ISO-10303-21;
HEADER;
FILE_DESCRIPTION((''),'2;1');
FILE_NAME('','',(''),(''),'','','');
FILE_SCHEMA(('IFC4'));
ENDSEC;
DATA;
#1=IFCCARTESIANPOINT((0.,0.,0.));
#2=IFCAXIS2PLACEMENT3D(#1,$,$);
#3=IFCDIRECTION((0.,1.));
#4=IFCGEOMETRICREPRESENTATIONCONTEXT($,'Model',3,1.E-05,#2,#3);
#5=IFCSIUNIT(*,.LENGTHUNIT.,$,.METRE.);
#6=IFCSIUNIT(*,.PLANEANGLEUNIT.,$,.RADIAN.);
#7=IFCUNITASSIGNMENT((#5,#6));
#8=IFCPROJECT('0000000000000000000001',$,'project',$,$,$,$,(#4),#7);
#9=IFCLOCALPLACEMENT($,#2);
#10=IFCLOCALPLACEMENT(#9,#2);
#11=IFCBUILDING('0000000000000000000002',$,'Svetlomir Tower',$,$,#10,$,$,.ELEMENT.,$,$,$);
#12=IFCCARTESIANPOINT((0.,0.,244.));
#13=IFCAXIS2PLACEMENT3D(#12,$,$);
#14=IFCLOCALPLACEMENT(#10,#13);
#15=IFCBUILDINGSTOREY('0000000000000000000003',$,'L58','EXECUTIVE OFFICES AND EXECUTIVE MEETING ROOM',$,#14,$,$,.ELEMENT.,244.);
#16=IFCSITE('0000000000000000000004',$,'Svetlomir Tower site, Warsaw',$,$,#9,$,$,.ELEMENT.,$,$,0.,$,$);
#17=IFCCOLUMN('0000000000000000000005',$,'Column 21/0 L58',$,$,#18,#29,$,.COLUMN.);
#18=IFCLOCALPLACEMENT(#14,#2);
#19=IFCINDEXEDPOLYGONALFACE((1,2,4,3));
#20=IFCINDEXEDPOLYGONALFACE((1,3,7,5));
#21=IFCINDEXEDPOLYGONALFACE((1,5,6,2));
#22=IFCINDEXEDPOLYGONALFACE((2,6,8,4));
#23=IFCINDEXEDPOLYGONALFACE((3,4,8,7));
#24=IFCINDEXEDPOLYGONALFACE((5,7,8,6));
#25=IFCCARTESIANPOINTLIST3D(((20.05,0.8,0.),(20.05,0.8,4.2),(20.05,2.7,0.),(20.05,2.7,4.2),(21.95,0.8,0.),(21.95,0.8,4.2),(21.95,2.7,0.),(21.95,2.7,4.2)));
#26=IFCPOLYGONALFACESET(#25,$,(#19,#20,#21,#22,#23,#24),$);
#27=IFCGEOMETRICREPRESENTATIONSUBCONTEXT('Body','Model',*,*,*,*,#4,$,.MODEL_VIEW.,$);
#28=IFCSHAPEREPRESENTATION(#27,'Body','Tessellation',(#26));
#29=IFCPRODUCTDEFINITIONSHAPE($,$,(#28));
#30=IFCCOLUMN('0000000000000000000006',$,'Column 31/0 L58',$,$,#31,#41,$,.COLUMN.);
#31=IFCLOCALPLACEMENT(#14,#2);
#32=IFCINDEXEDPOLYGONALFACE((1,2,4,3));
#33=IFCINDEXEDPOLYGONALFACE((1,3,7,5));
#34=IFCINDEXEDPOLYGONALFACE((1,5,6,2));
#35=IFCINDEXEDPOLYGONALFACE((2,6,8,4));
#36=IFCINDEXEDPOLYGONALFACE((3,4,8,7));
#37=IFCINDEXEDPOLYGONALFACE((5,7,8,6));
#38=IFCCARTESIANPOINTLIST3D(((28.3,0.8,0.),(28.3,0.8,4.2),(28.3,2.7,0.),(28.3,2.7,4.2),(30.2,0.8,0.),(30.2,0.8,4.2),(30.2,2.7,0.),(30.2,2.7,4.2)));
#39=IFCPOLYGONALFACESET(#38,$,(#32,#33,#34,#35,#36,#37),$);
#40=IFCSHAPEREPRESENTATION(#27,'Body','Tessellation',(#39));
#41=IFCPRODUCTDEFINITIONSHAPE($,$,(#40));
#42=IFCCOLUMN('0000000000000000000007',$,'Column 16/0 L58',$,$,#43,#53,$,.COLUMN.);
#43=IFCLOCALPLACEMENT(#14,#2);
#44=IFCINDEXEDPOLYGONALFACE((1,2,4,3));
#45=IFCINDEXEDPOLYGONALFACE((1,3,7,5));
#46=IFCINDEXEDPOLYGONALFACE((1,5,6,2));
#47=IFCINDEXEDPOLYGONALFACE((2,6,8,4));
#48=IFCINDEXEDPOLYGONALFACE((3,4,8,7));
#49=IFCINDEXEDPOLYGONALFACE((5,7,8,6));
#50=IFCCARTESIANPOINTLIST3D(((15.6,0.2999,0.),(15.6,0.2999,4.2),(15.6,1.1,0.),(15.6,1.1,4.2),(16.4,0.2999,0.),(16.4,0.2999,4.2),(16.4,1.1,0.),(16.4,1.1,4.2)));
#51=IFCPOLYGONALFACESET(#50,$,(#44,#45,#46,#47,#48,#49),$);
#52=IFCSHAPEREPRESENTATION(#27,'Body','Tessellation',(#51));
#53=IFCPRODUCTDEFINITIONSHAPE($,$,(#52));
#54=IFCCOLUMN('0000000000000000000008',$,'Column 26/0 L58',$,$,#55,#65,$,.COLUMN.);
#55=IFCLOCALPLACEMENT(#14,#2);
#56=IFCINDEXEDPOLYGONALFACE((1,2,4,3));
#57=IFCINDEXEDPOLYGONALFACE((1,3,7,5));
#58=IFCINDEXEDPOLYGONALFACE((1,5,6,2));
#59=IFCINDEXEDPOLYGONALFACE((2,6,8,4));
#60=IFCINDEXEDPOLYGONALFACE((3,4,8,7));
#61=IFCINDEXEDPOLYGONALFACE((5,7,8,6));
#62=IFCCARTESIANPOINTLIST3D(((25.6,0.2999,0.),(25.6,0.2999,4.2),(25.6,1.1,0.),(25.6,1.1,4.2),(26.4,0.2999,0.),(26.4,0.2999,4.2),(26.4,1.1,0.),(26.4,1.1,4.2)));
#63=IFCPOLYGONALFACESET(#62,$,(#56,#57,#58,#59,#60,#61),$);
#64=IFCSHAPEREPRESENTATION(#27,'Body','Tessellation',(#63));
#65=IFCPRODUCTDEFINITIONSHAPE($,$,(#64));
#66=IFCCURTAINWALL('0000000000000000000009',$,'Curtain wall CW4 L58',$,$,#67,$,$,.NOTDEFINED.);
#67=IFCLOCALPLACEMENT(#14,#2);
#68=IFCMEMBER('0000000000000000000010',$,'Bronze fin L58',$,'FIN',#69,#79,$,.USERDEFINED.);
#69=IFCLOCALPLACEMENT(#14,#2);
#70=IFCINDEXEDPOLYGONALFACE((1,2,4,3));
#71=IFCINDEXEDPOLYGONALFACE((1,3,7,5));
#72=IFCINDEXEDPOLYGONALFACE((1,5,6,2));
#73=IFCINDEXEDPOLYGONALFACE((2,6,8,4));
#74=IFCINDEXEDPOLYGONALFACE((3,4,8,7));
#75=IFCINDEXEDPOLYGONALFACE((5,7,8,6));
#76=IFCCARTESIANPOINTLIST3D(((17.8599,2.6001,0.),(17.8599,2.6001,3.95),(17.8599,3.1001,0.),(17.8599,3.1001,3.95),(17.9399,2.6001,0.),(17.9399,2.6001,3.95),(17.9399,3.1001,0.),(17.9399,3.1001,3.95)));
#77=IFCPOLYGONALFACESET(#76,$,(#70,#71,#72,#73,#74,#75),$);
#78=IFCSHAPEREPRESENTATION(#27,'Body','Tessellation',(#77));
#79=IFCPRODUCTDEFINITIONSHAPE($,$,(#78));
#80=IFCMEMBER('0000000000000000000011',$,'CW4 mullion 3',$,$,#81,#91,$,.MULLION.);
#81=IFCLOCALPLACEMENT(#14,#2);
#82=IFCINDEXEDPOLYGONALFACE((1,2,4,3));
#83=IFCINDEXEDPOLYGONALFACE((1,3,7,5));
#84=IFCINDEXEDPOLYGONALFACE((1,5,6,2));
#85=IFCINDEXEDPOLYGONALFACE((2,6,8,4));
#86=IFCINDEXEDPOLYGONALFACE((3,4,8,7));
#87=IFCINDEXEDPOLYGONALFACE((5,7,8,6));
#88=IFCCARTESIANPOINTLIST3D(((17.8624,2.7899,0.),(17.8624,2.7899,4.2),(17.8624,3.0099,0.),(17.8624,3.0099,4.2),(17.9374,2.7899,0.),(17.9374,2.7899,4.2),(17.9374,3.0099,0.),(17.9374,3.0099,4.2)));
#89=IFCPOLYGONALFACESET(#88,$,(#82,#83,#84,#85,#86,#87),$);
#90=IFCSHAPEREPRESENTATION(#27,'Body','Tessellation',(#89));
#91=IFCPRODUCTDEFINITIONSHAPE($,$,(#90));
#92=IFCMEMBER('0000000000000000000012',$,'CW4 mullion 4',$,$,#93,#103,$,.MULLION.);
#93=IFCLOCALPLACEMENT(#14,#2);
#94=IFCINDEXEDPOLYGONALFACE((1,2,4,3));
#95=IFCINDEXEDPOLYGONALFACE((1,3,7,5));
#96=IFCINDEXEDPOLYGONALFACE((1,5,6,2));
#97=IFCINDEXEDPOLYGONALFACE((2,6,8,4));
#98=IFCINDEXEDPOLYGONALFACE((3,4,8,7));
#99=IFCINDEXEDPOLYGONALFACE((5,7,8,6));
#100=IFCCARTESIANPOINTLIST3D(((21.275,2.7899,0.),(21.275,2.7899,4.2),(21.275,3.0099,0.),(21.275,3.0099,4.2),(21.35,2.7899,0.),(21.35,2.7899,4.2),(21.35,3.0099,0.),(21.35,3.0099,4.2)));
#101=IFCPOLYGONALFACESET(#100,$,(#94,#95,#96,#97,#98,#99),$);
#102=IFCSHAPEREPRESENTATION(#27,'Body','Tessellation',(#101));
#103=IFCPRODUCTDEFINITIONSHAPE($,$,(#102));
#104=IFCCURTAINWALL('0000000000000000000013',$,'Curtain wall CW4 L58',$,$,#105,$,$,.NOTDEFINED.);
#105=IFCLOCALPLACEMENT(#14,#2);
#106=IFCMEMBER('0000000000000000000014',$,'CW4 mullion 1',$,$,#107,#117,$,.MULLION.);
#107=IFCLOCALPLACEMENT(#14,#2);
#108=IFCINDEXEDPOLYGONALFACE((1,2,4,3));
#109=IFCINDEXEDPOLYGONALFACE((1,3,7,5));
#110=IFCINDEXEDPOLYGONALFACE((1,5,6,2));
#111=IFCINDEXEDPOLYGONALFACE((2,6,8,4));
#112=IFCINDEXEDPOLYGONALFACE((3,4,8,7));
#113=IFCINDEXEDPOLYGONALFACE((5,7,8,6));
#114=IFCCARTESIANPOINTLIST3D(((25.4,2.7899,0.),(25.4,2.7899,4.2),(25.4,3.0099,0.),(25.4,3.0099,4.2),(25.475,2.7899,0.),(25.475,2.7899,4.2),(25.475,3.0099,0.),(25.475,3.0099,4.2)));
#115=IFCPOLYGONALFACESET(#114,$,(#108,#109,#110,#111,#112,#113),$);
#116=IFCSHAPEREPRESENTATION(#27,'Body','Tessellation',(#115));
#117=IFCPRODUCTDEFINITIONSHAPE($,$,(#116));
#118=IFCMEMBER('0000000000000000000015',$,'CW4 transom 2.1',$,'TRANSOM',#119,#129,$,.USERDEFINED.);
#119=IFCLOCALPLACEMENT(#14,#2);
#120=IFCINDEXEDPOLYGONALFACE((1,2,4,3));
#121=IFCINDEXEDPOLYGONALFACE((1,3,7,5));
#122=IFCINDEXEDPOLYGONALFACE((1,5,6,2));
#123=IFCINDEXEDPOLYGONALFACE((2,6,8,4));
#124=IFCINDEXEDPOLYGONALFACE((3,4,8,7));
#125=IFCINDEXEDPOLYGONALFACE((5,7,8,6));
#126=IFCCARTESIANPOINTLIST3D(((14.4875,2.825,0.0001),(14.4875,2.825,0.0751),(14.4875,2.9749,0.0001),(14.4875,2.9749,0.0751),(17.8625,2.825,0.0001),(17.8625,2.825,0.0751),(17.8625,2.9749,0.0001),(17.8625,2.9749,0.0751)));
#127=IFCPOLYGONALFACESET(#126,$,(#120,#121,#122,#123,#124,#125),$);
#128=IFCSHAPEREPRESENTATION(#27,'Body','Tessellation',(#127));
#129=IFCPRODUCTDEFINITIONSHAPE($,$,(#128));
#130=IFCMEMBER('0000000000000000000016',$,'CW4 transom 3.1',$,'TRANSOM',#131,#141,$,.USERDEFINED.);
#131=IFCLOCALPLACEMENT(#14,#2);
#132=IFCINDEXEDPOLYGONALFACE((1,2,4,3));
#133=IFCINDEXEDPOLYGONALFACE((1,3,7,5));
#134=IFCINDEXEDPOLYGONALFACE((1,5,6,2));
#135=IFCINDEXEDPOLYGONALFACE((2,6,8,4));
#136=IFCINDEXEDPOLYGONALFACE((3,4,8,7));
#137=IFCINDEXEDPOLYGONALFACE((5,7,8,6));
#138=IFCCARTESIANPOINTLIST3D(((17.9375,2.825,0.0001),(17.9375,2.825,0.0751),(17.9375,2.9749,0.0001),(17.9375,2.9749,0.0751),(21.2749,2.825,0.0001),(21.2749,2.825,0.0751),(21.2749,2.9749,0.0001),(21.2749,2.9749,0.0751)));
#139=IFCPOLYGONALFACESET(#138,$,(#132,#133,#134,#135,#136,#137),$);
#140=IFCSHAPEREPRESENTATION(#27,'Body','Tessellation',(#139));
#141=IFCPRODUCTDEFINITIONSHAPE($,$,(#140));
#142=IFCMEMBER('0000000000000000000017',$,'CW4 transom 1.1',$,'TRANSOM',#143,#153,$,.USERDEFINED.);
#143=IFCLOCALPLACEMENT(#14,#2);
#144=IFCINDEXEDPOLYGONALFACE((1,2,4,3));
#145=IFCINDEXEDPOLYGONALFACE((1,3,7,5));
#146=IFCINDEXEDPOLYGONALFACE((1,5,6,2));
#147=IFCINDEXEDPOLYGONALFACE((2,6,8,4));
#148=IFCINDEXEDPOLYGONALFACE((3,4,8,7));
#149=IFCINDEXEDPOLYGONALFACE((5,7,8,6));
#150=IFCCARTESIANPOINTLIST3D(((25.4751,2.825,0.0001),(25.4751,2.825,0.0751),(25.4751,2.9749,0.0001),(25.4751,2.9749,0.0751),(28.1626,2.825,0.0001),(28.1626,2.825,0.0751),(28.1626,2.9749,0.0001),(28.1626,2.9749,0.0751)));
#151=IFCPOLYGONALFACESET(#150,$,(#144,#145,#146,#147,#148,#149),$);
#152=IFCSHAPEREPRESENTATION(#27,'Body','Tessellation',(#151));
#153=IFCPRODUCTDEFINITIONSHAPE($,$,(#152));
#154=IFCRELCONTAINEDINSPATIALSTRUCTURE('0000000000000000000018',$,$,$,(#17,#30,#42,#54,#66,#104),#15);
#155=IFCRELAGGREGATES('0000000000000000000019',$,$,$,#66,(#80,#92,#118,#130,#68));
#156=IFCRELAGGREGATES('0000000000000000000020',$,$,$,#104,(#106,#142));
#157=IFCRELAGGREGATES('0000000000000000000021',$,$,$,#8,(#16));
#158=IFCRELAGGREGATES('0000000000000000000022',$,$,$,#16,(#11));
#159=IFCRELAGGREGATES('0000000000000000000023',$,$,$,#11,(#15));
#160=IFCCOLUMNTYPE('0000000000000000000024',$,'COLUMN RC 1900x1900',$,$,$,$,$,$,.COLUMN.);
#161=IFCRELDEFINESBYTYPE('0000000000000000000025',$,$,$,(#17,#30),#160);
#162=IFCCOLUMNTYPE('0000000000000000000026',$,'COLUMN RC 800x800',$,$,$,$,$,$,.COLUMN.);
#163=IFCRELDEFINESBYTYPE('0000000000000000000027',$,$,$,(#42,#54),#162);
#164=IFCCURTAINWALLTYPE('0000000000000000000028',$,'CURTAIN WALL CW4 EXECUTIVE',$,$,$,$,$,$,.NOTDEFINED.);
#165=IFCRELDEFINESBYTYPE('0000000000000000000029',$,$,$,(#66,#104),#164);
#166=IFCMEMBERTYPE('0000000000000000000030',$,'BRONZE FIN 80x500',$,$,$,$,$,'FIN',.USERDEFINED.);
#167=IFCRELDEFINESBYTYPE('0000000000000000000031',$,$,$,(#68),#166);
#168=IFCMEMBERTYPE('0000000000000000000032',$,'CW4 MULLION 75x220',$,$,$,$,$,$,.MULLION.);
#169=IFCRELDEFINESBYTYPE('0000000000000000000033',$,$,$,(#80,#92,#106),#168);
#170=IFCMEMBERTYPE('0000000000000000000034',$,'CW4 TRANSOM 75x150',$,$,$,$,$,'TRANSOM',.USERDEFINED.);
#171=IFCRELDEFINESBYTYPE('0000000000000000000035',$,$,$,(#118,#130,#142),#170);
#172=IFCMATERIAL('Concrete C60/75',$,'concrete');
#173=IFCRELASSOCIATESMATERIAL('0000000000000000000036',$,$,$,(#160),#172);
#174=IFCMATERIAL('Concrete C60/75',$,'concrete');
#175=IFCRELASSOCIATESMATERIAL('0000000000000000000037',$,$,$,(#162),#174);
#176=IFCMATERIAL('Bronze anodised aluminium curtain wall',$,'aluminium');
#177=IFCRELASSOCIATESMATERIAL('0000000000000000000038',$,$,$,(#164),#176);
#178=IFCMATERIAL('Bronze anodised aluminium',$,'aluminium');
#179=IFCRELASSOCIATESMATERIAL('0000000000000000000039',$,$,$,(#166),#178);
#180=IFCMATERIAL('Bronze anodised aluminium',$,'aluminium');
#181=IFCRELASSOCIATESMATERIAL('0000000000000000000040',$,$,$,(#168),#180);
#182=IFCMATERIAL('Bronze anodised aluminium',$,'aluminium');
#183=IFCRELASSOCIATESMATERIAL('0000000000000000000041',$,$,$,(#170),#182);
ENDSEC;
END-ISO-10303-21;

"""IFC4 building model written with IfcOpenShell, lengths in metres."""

from ifc_helpers import new_model, si_unit, direction, frame, origin, origin_2d, place, context, subcontext, project, spatial, rectangle, extrude, material, material_profile, profile_set, type_object, element, aggregate, save


model = new_model("IFC4")

# Units and contexts
model_context = context("Model", 3, precision=1e-05, world=origin(), true_north=direction((0.0, 1.0)))
body_context = subcontext(model_context, "Body", "Model", "MODEL_VIEW")
ifc_project = project(units=[si_unit("LENGTHUNIT", "METRE"), si_unit("PLANEANGLEUNIT", "RADIAN")], contexts=[model_context])

# Site, building, storey
site_placement = place(None, origin())
site = spatial("IfcSite", under=ifc_project, at=site_placement, Name="Svetlomir Tower site, Warsaw", CompositionType="ELEMENT", RefElevation=0.0)
building_placement = place(site_placement, origin())
building = spatial("IfcBuilding", under=site, at=building_placement, Name="Svetlomir Tower", CompositionType="ELEMENT")
storey_placement = place(building_placement, frame((0.0, 0.0, 244.0)))
storey = spatial("IfcBuildingStorey", under=building, at=storey_placement, Name="L58", Description="EXECUTIVE OFFICES AND EXECUTIVE MEETING ROOM", CompositionType="ELEMENT", Elevation=244.0)

# Columns
ifc_material_1 = material(Name="Concrete C60/75", Category="concrete")
ifc_material_profile_1 = material_profile(ifc_material_1, rectangle(XDim=1.8999, YDim=1.8999, at=origin_2d()), Name="RC 1900x1900")
ifc_profile_set_1 = profile_set([ifc_material_profile_1], Name="Concrete C60/75")
column_type_1 = type_object("IfcColumnType", Name="COLUMN RC 1900x1900", PredefinedType="COLUMN", material=ifc_profile_set_1)
for number, where, z_axis, x_axis, name in (
    (1, (21.0, 1.75, 0.0), (0.0, 0.0, 1.0), (1.0, 0.0, 0.0), "Column 21/0 L58"),
    (2, (29.25, 1.75, 0.0), (0.0, 0.0, 1.0), (1.0, 0.0, 0.0), "Column 31/0 L58"),
):
    element("IfcColumn", number, at=place(storey_placement, frame(where, z_axis=z_axis, x_axis=x_axis)), inside=storey, type_object=column_type_1, Name=name, PredefinedType="COLUMN", context=body_context, shape_type="SweptSolid", body=[
        extrude(rectangle(XDim=1.8999, YDim=1.8999, at=origin_2d()), origin(), (0.0, 0.0, 1.0), 4.2),
    ])
ifc_material_2 = material(Name="Concrete C60/75", Category="concrete")
ifc_material_profile_2 = material_profile(ifc_material_2, rectangle(XDim=0.8, YDim=0.8, at=origin_2d()), Name="RC 800x800")
ifc_profile_set_2 = profile_set([ifc_material_profile_2], Name="Concrete C60/75")
column_type_2 = type_object("IfcColumnType", Name="COLUMN RC 800x800", PredefinedType="COLUMN", material=ifc_profile_set_2)
for number, where, z_axis, x_axis, name in (
    (3, (16.0, 0.7, 0.0), (0.0, 0.0, 1.0), (1.0, 0.0, 0.0), "Column 16/0 L58"),
    (4, (26.0, 0.7, 0.0), (0.0, 0.0, 1.0), (1.0, 0.0, 0.0), "Column 26/0 L58"),
):
    element("IfcColumn", number, at=place(storey_placement, frame(where, z_axis=z_axis, x_axis=x_axis)), inside=storey, type_object=column_type_2, Name=name, PredefinedType="COLUMN", context=body_context, shape_type="SweptSolid", body=[
        extrude(rectangle(XDim=0.8, YDim=0.8, at=origin_2d()), origin(), (0.0, 0.0, 1.0), 4.2),
    ])

# Curtain wall, members
ifc_material_3 = material(Name="Bronze anodised aluminium curtain wall", Category="aluminium")
curtain_wall_type = type_object("IfcCurtainWallType", Name="CURTAIN WALL CW4 EXECUTIVE", PredefinedType="NOTDEFINED", material=ifc_material_3)
curtain_wall_1_placement = place(storey_placement, origin())
curtain_wall_1 = element("IfcCurtainWall", 5, at=curtain_wall_1_placement, inside=storey, type_object=curtain_wall_type, Name="Curtain wall CW4 L58", PredefinedType="NOTDEFINED")
ifc_material_4 = material(Name="Bronze anodised aluminium", Category="aluminium")
ifc_material_profile_3 = material_profile(ifc_material_4, rectangle(XDim=0.0801, YDim=0.5, at=origin_2d()), Name="FIN 80x500")
ifc_profile_set_3 = profile_set([ifc_material_profile_3], Name="Bronze anodised aluminium 6063-T6")
member_type_1 = type_object("IfcMemberType", Name="BRONZE FIN 80x500", ElementType="FIN", PredefinedType="USERDEFINED", material=ifc_profile_set_3)
member_1_placement = place(storey_placement, frame((17.8999, 2.8501, 0.0), z_axis=(0.0, 0.0, 1.0), x_axis=(1.0, 0.0, 0.0)))
member_1 = element("IfcMember", 6, at=member_1_placement, type_object=member_type_1, Name="Bronze fin L58", ObjectType="FIN", PredefinedType="USERDEFINED", context=body_context, shape_type="SweptSolid", body=[
    extrude(rectangle(XDim=0.0801, YDim=0.5, at=origin_2d()), origin(), (0.0, 0.0, 1.0), 3.95),
])
ifc_material_5 = material(Name="Bronze anodised aluminium", Category="aluminium")
ifc_material_profile_4 = material_profile(ifc_material_5, rectangle(XDim=0.075, YDim=0.22, at=origin_2d()), Name="AL 75x220")
ifc_profile_set_4 = profile_set([ifc_material_profile_4], Name="Bronze anodised aluminium 6063-T6")
member_type_2 = type_object("IfcMemberType", Name="CW4 MULLION 75x220", PredefinedType="MULLION", material=ifc_profile_set_4)
member_2_placement = place(storey_placement, frame((17.8999, 2.8999, 0.0), z_axis=(0.0, 0.0, 1.0), x_axis=(1.0, 0.0, 0.0)))
member_2 = element("IfcMember", 7, at=member_2_placement, type_object=member_type_2, Name="CW4 mullion 3", PredefinedType="MULLION", context=body_context, shape_type="SweptSolid", body=[
    extrude(rectangle(XDim=0.075, YDim=0.22, at=origin_2d()), origin(), (0.0, 0.0, 1.0), 4.2),
])
member_3_placement = place(storey_placement, frame((21.3125, 2.8999, 0.0), z_axis=(0.0, 0.0, 1.0), x_axis=(1.0, 0.0, 0.0)))
member_3 = element("IfcMember", 8, at=member_3_placement, type_object=member_type_2, Name="CW4 mullion 4", PredefinedType="MULLION", context=body_context, shape_type="SweptSolid", body=[
    extrude(rectangle(XDim=0.075, YDim=0.22, at=origin_2d()), origin(), (0.0, 0.0, 1.0), 4.2),
])

# Curtain wall, member
curtain_wall_2_placement = place(storey_placement, origin())
curtain_wall_2 = element("IfcCurtainWall", 9, at=curtain_wall_2_placement, inside=storey, type_object=curtain_wall_type, Name="Curtain wall CW4 L58", PredefinedType="NOTDEFINED")
member_4_placement = place(storey_placement, frame((25.4375, 2.8999, 0.0), z_axis=(0.0, 0.0, 1.0), x_axis=(1.0, 0.0, 0.0)))
member_4 = element("IfcMember", 10, at=member_4_placement, type_object=member_type_2, Name="CW4 mullion 1", PredefinedType="MULLION", context=body_context, shape_type="SweptSolid", body=[
    extrude(rectangle(XDim=0.075, YDim=0.22, at=origin_2d()), origin(), (0.0, 0.0, 1.0), 4.2),
])

# Members
ifc_material_6 = material(Name="Bronze anodised aluminium", Category="aluminium")
ifc_material_profile_5 = material_profile(ifc_material_6, rectangle(XDim=0.1499, YDim=0.075, at=origin_2d()), Name="AL 150x75")
ifc_profile_set_5 = profile_set([ifc_material_profile_5], Name="Bronze anodised aluminium 6063-T6")
member_type_3 = type_object("IfcMemberType", Name="CW4 TRANSOM 75x150", ElementType="TRANSOM", PredefinedType="USERDEFINED", material=ifc_profile_set_5)
member_5_placement = place(storey_placement, frame((14.4875, 2.8999, 0.0376), z_axis=(1.0, 0.0, 0.0), x_axis=(0.0, 1.0, 0.0)))
member_5 = element("IfcMember", 11, at=member_5_placement, type_object=member_type_3, Name="CW4 transom 2.1", ObjectType="TRANSOM", PredefinedType="USERDEFINED", context=body_context, shape_type="SweptSolid", body=[
    extrude(rectangle(XDim=0.1499, YDim=0.075, at=origin_2d()), origin(), (0.0, 0.0, 1.0), 3.375),
])
member_6_placement = place(storey_placement, frame((17.9375, 2.8999, 0.0376), z_axis=(1.0, 0.0, 0.0), x_axis=(0.0, 1.0, 0.0)))
member_6 = element("IfcMember", 12, at=member_6_placement, type_object=member_type_3, Name="CW4 transom 3.1", ObjectType="TRANSOM", PredefinedType="USERDEFINED", context=body_context, shape_type="SweptSolid", body=[
    extrude(rectangle(XDim=0.1499, YDim=0.075, at=origin_2d()), origin(), (0.0, 0.0, 1.0), 3.3374),
])
member_7_placement = place(storey_placement, frame((25.4751, 2.8999, 0.0376), z_axis=(1.0, 0.0, 0.0), x_axis=(0.0, 1.0, 0.0)))
member_7 = element("IfcMember", 13, at=member_7_placement, type_object=member_type_3, Name="CW4 transom 1.1", ObjectType="TRANSOM", PredefinedType="USERDEFINED", context=body_context, shape_type="SweptSolid", body=[
    extrude(rectangle(XDim=0.1499, YDim=0.075, at=origin_2d()), origin(), (0.0, 0.0, 1.0), 2.6875),
])

aggregate(curtain_wall_1, [member_2, member_3, member_5, member_6, member_1])
aggregate(curtain_wall_2, [member_4, member_7])

save(model, "model.ifc")
